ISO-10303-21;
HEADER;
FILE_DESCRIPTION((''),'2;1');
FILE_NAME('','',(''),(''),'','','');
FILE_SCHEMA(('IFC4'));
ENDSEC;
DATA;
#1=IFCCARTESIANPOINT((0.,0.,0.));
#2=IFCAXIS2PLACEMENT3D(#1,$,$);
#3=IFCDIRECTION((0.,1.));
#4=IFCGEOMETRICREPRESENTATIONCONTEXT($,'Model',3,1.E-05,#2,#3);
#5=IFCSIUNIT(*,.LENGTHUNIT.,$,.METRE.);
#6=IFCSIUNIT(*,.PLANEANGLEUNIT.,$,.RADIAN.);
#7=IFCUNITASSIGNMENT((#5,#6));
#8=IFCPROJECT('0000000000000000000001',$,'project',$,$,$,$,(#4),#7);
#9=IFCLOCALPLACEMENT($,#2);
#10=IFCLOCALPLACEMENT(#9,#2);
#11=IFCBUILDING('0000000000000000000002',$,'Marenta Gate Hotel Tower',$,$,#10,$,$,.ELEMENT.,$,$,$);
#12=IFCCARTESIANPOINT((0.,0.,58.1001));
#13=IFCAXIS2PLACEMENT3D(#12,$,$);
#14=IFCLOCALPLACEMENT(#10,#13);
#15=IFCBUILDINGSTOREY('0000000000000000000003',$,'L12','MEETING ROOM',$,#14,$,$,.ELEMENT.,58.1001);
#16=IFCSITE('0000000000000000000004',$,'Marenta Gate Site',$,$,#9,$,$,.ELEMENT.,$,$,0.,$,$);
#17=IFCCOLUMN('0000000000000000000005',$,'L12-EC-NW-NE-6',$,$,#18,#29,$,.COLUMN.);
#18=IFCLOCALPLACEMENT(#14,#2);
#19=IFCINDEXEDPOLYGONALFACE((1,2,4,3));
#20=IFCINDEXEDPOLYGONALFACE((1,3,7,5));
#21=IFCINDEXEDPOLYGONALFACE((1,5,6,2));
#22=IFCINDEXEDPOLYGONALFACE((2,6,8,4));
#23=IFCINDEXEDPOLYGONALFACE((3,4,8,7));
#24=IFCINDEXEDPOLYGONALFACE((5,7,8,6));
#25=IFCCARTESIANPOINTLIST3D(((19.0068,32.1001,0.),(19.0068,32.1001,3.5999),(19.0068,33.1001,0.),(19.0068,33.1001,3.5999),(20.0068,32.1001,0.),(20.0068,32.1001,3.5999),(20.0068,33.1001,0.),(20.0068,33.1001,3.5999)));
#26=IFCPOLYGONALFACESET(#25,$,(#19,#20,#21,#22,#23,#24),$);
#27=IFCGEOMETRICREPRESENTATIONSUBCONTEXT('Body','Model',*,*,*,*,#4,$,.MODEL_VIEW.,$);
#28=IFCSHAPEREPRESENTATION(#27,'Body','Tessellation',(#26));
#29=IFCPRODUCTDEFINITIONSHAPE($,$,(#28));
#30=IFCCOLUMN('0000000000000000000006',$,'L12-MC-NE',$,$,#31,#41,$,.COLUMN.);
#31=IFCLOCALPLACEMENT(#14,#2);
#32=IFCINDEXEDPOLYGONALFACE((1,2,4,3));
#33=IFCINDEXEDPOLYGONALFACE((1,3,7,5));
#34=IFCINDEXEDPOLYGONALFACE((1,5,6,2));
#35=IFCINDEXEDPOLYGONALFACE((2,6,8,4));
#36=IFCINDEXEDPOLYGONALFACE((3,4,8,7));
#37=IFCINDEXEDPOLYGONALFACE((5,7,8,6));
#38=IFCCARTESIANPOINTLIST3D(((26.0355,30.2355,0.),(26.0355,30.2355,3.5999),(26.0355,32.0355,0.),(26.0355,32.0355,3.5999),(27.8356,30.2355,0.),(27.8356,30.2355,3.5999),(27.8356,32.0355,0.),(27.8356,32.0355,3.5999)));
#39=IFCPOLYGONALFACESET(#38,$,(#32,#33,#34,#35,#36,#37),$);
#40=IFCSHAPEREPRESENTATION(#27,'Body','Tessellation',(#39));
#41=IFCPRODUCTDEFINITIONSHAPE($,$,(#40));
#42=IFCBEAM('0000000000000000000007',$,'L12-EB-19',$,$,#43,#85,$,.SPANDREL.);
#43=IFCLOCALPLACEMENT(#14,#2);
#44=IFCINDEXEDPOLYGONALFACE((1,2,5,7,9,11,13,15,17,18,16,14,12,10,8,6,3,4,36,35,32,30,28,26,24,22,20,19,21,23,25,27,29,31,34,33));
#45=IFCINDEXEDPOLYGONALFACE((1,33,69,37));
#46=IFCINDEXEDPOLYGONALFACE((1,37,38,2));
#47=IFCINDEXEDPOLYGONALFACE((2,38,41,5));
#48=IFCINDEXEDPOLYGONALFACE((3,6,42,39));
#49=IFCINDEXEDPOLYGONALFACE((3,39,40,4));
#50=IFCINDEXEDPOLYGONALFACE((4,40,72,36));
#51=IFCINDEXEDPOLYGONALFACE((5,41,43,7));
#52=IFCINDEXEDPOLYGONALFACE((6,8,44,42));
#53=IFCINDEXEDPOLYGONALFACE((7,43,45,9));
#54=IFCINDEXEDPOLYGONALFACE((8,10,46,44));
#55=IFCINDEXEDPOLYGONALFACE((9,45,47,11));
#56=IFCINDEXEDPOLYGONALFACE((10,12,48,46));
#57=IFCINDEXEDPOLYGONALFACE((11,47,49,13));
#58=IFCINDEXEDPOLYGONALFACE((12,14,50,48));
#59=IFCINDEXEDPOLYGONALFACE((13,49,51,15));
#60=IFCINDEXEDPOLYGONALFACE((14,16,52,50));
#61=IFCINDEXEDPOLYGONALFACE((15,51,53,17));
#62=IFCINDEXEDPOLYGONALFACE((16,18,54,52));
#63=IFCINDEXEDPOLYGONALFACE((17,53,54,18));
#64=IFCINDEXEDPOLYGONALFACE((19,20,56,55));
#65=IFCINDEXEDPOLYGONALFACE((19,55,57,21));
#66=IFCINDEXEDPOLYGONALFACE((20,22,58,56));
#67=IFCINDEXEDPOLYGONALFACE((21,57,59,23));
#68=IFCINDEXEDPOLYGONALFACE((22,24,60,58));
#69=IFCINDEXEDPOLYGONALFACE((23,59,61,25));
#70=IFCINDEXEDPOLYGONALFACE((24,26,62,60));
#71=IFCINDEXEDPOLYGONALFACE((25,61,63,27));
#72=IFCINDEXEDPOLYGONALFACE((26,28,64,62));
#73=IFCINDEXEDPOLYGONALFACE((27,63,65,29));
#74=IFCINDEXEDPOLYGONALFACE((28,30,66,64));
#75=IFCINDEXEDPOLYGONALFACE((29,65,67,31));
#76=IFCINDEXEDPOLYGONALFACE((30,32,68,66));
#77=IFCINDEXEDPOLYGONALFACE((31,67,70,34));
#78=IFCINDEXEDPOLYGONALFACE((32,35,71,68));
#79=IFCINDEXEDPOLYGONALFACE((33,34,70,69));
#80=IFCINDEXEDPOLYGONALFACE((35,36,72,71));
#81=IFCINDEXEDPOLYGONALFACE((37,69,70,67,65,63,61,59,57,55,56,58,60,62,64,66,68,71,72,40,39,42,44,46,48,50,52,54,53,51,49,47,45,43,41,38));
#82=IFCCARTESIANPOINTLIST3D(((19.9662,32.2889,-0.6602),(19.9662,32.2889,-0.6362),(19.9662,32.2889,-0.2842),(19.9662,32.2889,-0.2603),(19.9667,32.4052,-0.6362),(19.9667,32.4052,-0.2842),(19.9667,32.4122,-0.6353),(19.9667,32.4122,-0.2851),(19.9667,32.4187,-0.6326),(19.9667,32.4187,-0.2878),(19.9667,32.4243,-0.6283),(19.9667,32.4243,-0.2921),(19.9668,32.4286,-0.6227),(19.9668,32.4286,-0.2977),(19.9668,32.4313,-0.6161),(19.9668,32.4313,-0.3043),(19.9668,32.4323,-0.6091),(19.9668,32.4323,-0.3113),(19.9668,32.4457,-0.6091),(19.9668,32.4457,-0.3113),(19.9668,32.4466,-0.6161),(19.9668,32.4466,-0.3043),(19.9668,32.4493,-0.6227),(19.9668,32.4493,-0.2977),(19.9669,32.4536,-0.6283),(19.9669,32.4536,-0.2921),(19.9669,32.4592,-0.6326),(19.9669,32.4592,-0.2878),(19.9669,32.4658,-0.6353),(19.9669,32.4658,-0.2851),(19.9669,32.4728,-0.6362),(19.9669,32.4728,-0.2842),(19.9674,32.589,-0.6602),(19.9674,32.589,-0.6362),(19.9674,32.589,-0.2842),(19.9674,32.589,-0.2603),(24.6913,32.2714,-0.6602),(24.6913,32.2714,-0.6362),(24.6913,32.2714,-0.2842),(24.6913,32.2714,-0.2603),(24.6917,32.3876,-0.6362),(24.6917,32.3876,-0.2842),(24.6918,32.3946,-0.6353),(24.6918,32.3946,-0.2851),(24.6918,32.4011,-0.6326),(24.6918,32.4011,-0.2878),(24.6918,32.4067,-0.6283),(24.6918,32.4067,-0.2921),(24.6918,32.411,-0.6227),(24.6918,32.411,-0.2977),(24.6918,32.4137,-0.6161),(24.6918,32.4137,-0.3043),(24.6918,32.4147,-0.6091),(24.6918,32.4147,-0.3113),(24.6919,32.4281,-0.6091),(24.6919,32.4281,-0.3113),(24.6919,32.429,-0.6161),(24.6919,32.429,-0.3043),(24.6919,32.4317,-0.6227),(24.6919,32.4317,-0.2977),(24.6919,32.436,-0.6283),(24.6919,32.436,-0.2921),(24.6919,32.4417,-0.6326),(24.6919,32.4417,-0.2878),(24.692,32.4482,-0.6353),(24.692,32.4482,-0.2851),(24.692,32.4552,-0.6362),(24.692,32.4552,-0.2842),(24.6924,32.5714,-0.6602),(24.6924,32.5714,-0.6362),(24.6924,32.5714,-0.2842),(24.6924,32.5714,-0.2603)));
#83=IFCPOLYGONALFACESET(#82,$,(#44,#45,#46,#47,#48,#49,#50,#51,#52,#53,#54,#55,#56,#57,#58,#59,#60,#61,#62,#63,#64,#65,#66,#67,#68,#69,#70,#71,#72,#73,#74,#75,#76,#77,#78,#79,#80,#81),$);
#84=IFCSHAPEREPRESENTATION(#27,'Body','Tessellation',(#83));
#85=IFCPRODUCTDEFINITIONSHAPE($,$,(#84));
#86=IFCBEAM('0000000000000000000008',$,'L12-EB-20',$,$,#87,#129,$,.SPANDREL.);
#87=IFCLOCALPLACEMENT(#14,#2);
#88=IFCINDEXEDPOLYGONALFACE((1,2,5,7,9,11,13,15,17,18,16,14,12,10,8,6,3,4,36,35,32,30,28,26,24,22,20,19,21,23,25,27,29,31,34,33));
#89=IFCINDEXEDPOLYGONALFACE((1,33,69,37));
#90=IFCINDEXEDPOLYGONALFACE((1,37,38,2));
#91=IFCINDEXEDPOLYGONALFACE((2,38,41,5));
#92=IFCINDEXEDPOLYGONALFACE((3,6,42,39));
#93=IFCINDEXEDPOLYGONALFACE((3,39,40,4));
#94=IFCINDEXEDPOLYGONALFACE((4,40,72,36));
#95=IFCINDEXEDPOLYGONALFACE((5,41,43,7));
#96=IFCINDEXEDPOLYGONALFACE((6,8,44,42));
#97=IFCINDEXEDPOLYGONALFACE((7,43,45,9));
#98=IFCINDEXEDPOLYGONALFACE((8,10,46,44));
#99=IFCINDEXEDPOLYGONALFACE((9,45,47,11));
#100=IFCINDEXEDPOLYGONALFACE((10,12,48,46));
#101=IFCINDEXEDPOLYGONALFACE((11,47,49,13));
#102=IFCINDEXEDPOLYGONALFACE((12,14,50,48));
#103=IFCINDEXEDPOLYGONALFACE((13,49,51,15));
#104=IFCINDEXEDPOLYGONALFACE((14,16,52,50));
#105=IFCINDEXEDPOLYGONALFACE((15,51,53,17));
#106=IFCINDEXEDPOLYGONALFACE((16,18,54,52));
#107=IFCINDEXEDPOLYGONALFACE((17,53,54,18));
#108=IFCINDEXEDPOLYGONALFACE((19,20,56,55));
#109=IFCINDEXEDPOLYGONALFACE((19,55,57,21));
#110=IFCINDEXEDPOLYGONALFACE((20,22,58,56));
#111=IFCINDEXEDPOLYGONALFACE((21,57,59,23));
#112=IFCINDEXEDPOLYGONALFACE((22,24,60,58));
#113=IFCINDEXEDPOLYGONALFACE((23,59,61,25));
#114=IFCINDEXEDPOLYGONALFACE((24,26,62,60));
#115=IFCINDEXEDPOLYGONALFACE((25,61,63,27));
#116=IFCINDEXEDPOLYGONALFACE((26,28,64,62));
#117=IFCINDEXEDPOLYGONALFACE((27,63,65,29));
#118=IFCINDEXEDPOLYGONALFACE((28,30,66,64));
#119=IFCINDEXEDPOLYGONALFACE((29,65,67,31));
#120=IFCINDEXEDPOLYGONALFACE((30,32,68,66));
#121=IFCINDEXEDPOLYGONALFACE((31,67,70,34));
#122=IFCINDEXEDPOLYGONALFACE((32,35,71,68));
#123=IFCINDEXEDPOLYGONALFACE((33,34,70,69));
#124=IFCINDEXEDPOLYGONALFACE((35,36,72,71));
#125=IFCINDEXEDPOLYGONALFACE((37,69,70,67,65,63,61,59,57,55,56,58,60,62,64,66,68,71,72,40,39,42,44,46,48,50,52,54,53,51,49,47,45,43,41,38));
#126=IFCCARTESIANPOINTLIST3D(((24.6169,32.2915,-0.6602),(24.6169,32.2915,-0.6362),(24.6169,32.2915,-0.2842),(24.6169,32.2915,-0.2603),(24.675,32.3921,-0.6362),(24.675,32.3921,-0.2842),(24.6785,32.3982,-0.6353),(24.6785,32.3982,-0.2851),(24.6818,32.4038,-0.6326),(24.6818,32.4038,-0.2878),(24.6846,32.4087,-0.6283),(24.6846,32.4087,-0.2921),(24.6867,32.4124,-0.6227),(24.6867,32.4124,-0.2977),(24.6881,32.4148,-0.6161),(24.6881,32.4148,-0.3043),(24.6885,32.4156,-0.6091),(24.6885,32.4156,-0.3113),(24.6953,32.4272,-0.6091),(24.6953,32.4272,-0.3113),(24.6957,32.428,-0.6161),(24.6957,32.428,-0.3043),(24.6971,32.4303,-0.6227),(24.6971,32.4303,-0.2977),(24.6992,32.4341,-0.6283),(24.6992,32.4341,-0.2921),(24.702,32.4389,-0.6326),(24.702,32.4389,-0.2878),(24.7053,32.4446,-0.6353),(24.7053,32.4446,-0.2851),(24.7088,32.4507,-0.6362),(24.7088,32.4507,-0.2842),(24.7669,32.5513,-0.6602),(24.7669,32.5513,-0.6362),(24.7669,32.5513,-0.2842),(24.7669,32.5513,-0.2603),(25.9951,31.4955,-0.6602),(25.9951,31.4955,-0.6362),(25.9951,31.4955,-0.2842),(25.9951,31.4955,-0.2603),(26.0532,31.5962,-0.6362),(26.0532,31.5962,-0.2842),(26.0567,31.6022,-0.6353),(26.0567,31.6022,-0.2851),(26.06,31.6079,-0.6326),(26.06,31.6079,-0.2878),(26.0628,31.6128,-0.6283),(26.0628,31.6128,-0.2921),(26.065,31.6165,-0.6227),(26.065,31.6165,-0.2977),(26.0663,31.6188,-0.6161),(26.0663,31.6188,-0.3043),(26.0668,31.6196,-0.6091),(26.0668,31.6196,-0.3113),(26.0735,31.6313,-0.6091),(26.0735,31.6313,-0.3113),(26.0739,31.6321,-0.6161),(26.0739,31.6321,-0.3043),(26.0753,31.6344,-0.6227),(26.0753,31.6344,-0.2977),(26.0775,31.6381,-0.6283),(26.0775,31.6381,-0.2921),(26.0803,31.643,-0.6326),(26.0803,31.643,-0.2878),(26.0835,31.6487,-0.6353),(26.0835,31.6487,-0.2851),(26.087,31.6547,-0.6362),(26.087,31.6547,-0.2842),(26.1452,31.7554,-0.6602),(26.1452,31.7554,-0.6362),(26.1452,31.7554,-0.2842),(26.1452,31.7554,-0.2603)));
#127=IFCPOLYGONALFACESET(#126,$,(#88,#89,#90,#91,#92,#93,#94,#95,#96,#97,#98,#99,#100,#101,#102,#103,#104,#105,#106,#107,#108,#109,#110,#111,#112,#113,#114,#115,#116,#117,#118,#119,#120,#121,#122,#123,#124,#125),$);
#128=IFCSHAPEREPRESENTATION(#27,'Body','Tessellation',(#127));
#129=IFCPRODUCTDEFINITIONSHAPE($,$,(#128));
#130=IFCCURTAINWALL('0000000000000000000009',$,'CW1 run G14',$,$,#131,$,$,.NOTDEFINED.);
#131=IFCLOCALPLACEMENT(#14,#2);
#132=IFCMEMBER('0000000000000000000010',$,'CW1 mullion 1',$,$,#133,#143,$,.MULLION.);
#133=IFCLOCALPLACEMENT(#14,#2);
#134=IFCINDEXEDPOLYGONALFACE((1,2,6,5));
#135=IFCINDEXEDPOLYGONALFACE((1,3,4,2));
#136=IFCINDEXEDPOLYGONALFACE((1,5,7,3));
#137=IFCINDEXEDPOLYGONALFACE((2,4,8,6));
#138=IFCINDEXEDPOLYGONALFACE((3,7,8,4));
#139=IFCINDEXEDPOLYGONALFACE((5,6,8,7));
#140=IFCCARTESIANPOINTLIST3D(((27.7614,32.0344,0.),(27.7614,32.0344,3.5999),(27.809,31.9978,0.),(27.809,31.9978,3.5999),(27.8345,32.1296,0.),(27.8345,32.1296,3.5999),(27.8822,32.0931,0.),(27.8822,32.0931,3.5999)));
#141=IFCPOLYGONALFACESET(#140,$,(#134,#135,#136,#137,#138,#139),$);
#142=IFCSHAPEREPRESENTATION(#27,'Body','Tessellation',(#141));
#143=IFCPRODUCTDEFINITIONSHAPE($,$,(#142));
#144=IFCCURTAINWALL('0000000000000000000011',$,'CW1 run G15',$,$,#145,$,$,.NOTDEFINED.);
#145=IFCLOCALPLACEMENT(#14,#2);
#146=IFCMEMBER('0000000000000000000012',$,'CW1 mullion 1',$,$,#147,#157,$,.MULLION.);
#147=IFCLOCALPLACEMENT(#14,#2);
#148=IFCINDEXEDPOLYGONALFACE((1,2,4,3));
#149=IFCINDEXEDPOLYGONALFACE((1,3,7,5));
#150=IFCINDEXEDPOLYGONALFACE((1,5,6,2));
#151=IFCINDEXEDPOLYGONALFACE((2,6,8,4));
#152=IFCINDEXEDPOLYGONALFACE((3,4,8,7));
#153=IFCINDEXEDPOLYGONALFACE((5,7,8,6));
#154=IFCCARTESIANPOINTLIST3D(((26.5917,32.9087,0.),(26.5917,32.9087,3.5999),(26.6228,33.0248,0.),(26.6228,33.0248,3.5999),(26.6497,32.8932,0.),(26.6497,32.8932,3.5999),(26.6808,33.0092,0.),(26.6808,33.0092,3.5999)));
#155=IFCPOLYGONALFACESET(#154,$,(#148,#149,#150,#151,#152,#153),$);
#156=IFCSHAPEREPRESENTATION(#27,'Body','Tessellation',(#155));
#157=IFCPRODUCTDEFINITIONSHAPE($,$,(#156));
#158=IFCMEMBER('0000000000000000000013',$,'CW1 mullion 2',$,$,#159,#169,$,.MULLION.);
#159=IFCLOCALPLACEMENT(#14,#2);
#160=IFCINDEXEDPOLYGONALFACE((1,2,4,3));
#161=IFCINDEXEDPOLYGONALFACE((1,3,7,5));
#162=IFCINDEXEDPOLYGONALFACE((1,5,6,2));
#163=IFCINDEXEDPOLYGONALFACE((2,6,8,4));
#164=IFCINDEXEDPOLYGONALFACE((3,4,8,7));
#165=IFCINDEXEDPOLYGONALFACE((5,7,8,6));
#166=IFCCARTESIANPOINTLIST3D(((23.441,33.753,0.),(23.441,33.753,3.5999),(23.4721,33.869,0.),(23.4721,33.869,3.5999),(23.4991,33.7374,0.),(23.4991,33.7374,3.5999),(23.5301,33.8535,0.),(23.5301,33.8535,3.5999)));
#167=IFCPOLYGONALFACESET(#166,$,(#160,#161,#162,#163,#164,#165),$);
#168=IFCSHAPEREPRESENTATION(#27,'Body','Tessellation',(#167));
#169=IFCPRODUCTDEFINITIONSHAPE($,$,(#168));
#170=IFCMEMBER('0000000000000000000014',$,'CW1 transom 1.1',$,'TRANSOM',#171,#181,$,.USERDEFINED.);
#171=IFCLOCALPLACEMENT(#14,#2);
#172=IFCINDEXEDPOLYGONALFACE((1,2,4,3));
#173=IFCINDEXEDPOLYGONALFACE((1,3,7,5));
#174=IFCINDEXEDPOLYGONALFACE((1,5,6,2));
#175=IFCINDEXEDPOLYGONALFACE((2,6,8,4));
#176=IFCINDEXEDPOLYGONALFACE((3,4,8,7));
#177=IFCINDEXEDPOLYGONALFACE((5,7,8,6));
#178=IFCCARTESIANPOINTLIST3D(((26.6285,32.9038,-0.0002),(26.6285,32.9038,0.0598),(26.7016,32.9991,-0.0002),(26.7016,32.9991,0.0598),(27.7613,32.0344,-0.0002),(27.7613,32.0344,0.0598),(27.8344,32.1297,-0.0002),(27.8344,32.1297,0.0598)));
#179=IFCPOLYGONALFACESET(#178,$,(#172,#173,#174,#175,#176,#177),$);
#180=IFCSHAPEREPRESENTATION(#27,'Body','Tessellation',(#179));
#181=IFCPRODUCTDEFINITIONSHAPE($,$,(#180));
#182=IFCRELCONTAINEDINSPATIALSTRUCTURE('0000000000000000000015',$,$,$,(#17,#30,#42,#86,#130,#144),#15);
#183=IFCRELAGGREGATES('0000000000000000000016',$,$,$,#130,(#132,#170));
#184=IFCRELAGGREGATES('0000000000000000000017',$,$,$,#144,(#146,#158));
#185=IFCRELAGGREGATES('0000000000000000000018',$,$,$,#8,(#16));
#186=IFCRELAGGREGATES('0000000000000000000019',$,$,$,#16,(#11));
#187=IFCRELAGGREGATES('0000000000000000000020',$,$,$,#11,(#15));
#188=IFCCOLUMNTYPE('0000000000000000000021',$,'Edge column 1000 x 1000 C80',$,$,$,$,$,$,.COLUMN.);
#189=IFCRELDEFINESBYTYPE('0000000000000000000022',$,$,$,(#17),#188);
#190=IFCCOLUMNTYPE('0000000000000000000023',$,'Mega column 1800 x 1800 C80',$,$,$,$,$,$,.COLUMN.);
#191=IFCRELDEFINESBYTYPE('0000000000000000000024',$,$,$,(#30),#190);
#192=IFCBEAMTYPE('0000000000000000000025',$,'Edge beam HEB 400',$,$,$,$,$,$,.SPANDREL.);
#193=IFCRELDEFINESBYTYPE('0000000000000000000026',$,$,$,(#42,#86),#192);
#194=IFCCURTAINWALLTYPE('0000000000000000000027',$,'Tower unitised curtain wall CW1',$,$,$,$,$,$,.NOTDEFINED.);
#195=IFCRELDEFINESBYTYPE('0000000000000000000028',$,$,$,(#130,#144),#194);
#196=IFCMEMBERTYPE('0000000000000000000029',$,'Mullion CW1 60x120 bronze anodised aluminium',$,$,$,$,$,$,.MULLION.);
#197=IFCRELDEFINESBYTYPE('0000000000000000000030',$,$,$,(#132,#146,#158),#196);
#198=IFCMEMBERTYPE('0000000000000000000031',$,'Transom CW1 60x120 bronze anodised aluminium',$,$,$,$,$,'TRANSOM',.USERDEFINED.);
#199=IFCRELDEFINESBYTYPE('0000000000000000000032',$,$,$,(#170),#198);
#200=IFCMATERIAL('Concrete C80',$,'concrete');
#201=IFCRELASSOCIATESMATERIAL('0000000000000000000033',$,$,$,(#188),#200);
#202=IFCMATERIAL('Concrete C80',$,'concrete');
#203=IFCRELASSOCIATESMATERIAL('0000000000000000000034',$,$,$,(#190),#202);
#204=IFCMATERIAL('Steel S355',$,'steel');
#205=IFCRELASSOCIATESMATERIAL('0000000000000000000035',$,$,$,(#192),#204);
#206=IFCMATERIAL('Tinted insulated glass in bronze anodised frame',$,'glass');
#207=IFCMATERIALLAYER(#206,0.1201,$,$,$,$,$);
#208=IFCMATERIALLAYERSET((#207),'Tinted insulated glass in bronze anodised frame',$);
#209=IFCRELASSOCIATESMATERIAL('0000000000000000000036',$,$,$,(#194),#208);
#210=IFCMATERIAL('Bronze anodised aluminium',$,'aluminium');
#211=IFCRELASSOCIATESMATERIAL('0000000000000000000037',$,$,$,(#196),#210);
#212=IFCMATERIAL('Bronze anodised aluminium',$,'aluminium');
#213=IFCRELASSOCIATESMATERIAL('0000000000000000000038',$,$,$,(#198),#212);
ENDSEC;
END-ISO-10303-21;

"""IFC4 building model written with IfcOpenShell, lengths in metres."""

from ifc_helpers import new_model, si_unit, direction, frame, origin, origin_2d, place, context, subcontext, project, spatial, rectangle, i_section, extrude, material, layer, layer_set, material_profile, profile_set, type_object, element, aggregate, save


model = new_model("IFC4")

# Units and contexts
model_context = context("Model", 3, precision=1e-05, world=origin(), true_north=direction((0.0, 1.0)))
body_context = subcontext(model_context, "Body", "Model", "MODEL_VIEW")
ifc_project = project(units=[si_unit("LENGTHUNIT", "METRE"), si_unit("PLANEANGLEUNIT", "RADIAN")], contexts=[model_context])

# Site, building, storey
site_placement = place(None, origin())
site = spatial("IfcSite", under=ifc_project, at=site_placement, Name="Marenta Gate Site", CompositionType="ELEMENT", RefElevation=0.0)
building_placement = place(site_placement, origin())
building = spatial("IfcBuilding", under=site, at=building_placement, Name="Marenta Gate Hotel Tower", CompositionType="ELEMENT")
storey_placement = place(building_placement, frame((0.0, 0.0, 58.1001)))
storey = spatial("IfcBuildingStorey", under=building, at=storey_placement, Name="L12", Description="MEETING ROOM", CompositionType="ELEMENT", Elevation=58.1001)

# Columns
ifc_material_1 = material(Name="Concrete C80", Category="concrete")
ifc_material_profile_1 = material_profile(ifc_material_1, rectangle(XDim=1.0, YDim=1.0, at=origin_2d()), Name="1000 x 1000")
ifc_profile_set_1 = profile_set([ifc_material_profile_1], Name="Concrete C80")
column_type_1 = type_object("IfcColumnType", Name="Edge column 1000 x 1000 C80", PredefinedType="COLUMN", material=ifc_profile_set_1)
column_1_placement = place(storey_placement, frame((19.5068, 32.6001, 0.0), z_axis=(0.0, 0.0, 1.0), x_axis=(1.0, 0.0, 0.0)))
element("IfcColumn", 1, at=column_1_placement, inside=storey, type_object=column_type_1, Name="L12-EC-NW-NE-6", PredefinedType="COLUMN", context=body_context, shape_type="SweptSolid", body=[
    extrude(rectangle(XDim=1.0, YDim=1.0, at=origin_2d()), origin(), (0.0, 0.0, 1.0), 3.5999),
])
ifc_material_2 = material(Name="Concrete C80", Category="concrete")
ifc_material_profile_2 = material_profile(ifc_material_2, rectangle(XDim=1.8, YDim=1.8, at=origin_2d()), Name="1800 x 1800")
ifc_profile_set_2 = profile_set([ifc_material_profile_2], Name="Concrete C80")
column_type_2 = type_object("IfcColumnType", Name="Mega column 1800 x 1800 C80", PredefinedType="COLUMN", material=ifc_profile_set_2)
column_2_placement = place(storey_placement, frame((26.9355, 31.1355, 0.0), z_axis=(0.0, 0.0, 1.0), x_axis=(1.0, 0.0, 0.0)))
element("IfcColumn", 2, at=column_2_placement, inside=storey, type_object=column_type_2, Name="L12-MC-NE", PredefinedType="COLUMN", context=body_context, shape_type="SweptSolid", body=[
    extrude(rectangle(XDim=1.8, YDim=1.8, at=origin_2d()), origin(), (0.0, 0.0, 1.0), 3.5999),
])

# Beams
ifc_material_3 = material(Name="Steel S355", Category="steel")
ifc_material_profile_3 = material_profile(ifc_material_3, i_section(OverallWidth=0.3, OverallDepth=0.3999, WebThickness=0.0134, FlangeThickness=0.0239, FilletRadius=0.0271, at=origin_2d()), Name="HEB 400")
ifc_profile_set_3 = profile_set([ifc_material_profile_3], Name="Steel S355")
beam_type = type_object("IfcBeamType", Name="Edge beam HEB 400", PredefinedType="SPANDREL", material=ifc_profile_set_3)
beam_1_placement = place(storey_placement, frame((19.9668, 32.439, -0.4602), z_axis=(0.999993, -0.00372, 0.0), x_axis=(0.00372, 0.999993, 0.0)))
element("IfcBeam", 3, at=beam_1_placement, inside=storey, type_object=beam_type, Name="L12-EB-19", PredefinedType="SPANDREL", context=body_context, shape_type="SweptSolid", body=[
    extrude(i_section(OverallWidth=0.3, OverallDepth=0.3999, WebThickness=0.0134, FlangeThickness=0.0239, FilletRadius=0.0271, at=origin_2d()), origin(), (0.0, 0.0, 1.0), 4.7251),
])
beam_2_placement = place(storey_placement, frame((24.6919, 32.4214, -0.4602), z_axis=(0.865968, -0.500099, 0.0), x_axis=(0.500099, 0.865968, 0.0)))
element("IfcBeam", 4, at=beam_2_placement, inside=storey, type_object=beam_type, Name="L12-EB-20", PredefinedType="SPANDREL", context=body_context, shape_type="SweptSolid", body=[
    extrude(i_section(OverallWidth=0.3, OverallDepth=0.3999, WebThickness=0.0134, FlangeThickness=0.0239, FilletRadius=0.0271, at=origin_2d()), origin(), (0.0, 0.0, 1.0), 1.5916),
])

# Curtain wall, member
ifc_material_4 = material(Name="Tinted insulated glass in bronze anodised frame", Category="glass")
ifc_layer_1 = layer(ifc_material_4, 0.1201)
ifc_layer_set_1 = layer_set([ifc_layer_1], Name="Tinted insulated glass in bronze anodised frame")
curtain_wall_type = type_object("IfcCurtainWallType", Name="Tower unitised curtain wall CW1", PredefinedType="NOTDEFINED", material=ifc_layer_set_1)
curtain_wall_1_placement = place(storey_placement, origin())
curtain_wall_1 = element("IfcCurtainWall", 5, at=curtain_wall_1_placement, inside=storey, type_object=curtain_wall_type, Name="CW1 run G14", PredefinedType="NOTDEFINED")
ifc_material_5 = material(Name="Bronze anodised aluminium", Category="aluminium")
ifc_material_profile_4 = material_profile(ifc_material_5, rectangle(XDim=0.1201, YDim=0.0601, at=origin_2d()), Name="Mullion CW1 60x120 bronze anodised aluminium")
ifc_profile_set_4 = profile_set([ifc_material_profile_4], Name="Bronze anodised aluminium")
member_type_1 = type_object("IfcMemberType", Name="Mullion CW1 60x120 bronze anodised aluminium", PredefinedType="MULLION", material=ifc_profile_set_4)
member_1_placement = place(storey_placement, frame((27.8218, 32.0637, 0.0), z_axis=(0.0, 0.0, 1.0), x_axis=(-0.608781, -0.793338, 0.0)))
member_1 = element("IfcMember", 6, at=member_1_placement, type_object=member_type_1, Name="CW1 mullion 1", PredefinedType="MULLION", context=body_context, shape_type="SweptSolid", body=[
    extrude(rectangle(XDim=0.1201, YDim=0.0601, at=origin_2d()), origin(), (0.0, 0.0, 1.0), 3.5999),
])

# Curtain wall, members
curtain_wall_2_placement = place(storey_placement, origin())
curtain_wall_2 = element("IfcCurtainWall", 7, at=curtain_wall_2_placement, inside=storey, type_object=curtain_wall_type, Name="CW1 run G15", PredefinedType="NOTDEFINED")
member_2_placement = place(storey_placement, frame((26.6362, 32.959, 0.0), z_axis=(0.0, 0.0, 1.0), x_axis=(-0.258807, -0.965929, 0.0)))
member_2 = element("IfcMember", 8, at=member_2_placement, type_object=member_type_1, Name="CW1 mullion 1", PredefinedType="MULLION", context=body_context, shape_type="SweptSolid", body=[
    extrude(rectangle(XDim=0.1201, YDim=0.0601, at=origin_2d()), origin(), (0.0, 0.0, 1.0), 3.5999),
])
member_3_placement = place(storey_placement, frame((23.4856, 33.8032, 0.0), z_axis=(0.0, 0.0, 1.0), x_axis=(-0.258807, -0.965929, 0.0)))
member_3 = element("IfcMember", 9, at=member_3_placement, type_object=member_type_1, Name="CW1 mullion 2", PredefinedType="MULLION", context=body_context, shape_type="SweptSolid", body=[
    extrude(rectangle(XDim=0.1201, YDim=0.0601, at=origin_2d()), origin(), (0.0, 0.0, 1.0), 3.5999),
])

# Member
ifc_material_6 = material(Name="Bronze anodised aluminium", Category="aluminium")
ifc_material_profile_5 = material_profile(ifc_material_6, rectangle(XDim=0.1201, YDim=0.0601, at=origin_2d()), Name="Transom CW1 60x120 bronze anodised aluminium")
ifc_profile_set_5 = profile_set([ifc_material_profile_5], Name="Bronze anodised aluminium")
member_type_2 = type_object("IfcMemberType", Name="Transom CW1 60x120 bronze anodised aluminium", ElementType="TRANSOM", PredefinedType="USERDEFINED", material=ifc_profile_set_5)
member_4_placement = place(storey_placement, frame((27.7979, 32.082, 0.0298), z_axis=(-0.793304, 0.608826, 0.0), x_axis=(-0.608826, -0.793304, 0.0)))
member_4 = element("IfcMember", 10, at=member_4_placement, type_object=member_type_2, Name="CW1 transom 1.1", ObjectType="TRANSOM", PredefinedType="USERDEFINED", context=body_context, shape_type="SweptSolid", body=[
    extrude(rectangle(XDim=0.1201, YDim=0.0601, at=origin_2d()), origin(), (0.0, 0.0, 1.0), 1.428),
])

aggregate(curtain_wall_1, [member_1, member_4])
aggregate(curtain_wall_2, [member_2, member_3])

save(model, "model.ifc")
